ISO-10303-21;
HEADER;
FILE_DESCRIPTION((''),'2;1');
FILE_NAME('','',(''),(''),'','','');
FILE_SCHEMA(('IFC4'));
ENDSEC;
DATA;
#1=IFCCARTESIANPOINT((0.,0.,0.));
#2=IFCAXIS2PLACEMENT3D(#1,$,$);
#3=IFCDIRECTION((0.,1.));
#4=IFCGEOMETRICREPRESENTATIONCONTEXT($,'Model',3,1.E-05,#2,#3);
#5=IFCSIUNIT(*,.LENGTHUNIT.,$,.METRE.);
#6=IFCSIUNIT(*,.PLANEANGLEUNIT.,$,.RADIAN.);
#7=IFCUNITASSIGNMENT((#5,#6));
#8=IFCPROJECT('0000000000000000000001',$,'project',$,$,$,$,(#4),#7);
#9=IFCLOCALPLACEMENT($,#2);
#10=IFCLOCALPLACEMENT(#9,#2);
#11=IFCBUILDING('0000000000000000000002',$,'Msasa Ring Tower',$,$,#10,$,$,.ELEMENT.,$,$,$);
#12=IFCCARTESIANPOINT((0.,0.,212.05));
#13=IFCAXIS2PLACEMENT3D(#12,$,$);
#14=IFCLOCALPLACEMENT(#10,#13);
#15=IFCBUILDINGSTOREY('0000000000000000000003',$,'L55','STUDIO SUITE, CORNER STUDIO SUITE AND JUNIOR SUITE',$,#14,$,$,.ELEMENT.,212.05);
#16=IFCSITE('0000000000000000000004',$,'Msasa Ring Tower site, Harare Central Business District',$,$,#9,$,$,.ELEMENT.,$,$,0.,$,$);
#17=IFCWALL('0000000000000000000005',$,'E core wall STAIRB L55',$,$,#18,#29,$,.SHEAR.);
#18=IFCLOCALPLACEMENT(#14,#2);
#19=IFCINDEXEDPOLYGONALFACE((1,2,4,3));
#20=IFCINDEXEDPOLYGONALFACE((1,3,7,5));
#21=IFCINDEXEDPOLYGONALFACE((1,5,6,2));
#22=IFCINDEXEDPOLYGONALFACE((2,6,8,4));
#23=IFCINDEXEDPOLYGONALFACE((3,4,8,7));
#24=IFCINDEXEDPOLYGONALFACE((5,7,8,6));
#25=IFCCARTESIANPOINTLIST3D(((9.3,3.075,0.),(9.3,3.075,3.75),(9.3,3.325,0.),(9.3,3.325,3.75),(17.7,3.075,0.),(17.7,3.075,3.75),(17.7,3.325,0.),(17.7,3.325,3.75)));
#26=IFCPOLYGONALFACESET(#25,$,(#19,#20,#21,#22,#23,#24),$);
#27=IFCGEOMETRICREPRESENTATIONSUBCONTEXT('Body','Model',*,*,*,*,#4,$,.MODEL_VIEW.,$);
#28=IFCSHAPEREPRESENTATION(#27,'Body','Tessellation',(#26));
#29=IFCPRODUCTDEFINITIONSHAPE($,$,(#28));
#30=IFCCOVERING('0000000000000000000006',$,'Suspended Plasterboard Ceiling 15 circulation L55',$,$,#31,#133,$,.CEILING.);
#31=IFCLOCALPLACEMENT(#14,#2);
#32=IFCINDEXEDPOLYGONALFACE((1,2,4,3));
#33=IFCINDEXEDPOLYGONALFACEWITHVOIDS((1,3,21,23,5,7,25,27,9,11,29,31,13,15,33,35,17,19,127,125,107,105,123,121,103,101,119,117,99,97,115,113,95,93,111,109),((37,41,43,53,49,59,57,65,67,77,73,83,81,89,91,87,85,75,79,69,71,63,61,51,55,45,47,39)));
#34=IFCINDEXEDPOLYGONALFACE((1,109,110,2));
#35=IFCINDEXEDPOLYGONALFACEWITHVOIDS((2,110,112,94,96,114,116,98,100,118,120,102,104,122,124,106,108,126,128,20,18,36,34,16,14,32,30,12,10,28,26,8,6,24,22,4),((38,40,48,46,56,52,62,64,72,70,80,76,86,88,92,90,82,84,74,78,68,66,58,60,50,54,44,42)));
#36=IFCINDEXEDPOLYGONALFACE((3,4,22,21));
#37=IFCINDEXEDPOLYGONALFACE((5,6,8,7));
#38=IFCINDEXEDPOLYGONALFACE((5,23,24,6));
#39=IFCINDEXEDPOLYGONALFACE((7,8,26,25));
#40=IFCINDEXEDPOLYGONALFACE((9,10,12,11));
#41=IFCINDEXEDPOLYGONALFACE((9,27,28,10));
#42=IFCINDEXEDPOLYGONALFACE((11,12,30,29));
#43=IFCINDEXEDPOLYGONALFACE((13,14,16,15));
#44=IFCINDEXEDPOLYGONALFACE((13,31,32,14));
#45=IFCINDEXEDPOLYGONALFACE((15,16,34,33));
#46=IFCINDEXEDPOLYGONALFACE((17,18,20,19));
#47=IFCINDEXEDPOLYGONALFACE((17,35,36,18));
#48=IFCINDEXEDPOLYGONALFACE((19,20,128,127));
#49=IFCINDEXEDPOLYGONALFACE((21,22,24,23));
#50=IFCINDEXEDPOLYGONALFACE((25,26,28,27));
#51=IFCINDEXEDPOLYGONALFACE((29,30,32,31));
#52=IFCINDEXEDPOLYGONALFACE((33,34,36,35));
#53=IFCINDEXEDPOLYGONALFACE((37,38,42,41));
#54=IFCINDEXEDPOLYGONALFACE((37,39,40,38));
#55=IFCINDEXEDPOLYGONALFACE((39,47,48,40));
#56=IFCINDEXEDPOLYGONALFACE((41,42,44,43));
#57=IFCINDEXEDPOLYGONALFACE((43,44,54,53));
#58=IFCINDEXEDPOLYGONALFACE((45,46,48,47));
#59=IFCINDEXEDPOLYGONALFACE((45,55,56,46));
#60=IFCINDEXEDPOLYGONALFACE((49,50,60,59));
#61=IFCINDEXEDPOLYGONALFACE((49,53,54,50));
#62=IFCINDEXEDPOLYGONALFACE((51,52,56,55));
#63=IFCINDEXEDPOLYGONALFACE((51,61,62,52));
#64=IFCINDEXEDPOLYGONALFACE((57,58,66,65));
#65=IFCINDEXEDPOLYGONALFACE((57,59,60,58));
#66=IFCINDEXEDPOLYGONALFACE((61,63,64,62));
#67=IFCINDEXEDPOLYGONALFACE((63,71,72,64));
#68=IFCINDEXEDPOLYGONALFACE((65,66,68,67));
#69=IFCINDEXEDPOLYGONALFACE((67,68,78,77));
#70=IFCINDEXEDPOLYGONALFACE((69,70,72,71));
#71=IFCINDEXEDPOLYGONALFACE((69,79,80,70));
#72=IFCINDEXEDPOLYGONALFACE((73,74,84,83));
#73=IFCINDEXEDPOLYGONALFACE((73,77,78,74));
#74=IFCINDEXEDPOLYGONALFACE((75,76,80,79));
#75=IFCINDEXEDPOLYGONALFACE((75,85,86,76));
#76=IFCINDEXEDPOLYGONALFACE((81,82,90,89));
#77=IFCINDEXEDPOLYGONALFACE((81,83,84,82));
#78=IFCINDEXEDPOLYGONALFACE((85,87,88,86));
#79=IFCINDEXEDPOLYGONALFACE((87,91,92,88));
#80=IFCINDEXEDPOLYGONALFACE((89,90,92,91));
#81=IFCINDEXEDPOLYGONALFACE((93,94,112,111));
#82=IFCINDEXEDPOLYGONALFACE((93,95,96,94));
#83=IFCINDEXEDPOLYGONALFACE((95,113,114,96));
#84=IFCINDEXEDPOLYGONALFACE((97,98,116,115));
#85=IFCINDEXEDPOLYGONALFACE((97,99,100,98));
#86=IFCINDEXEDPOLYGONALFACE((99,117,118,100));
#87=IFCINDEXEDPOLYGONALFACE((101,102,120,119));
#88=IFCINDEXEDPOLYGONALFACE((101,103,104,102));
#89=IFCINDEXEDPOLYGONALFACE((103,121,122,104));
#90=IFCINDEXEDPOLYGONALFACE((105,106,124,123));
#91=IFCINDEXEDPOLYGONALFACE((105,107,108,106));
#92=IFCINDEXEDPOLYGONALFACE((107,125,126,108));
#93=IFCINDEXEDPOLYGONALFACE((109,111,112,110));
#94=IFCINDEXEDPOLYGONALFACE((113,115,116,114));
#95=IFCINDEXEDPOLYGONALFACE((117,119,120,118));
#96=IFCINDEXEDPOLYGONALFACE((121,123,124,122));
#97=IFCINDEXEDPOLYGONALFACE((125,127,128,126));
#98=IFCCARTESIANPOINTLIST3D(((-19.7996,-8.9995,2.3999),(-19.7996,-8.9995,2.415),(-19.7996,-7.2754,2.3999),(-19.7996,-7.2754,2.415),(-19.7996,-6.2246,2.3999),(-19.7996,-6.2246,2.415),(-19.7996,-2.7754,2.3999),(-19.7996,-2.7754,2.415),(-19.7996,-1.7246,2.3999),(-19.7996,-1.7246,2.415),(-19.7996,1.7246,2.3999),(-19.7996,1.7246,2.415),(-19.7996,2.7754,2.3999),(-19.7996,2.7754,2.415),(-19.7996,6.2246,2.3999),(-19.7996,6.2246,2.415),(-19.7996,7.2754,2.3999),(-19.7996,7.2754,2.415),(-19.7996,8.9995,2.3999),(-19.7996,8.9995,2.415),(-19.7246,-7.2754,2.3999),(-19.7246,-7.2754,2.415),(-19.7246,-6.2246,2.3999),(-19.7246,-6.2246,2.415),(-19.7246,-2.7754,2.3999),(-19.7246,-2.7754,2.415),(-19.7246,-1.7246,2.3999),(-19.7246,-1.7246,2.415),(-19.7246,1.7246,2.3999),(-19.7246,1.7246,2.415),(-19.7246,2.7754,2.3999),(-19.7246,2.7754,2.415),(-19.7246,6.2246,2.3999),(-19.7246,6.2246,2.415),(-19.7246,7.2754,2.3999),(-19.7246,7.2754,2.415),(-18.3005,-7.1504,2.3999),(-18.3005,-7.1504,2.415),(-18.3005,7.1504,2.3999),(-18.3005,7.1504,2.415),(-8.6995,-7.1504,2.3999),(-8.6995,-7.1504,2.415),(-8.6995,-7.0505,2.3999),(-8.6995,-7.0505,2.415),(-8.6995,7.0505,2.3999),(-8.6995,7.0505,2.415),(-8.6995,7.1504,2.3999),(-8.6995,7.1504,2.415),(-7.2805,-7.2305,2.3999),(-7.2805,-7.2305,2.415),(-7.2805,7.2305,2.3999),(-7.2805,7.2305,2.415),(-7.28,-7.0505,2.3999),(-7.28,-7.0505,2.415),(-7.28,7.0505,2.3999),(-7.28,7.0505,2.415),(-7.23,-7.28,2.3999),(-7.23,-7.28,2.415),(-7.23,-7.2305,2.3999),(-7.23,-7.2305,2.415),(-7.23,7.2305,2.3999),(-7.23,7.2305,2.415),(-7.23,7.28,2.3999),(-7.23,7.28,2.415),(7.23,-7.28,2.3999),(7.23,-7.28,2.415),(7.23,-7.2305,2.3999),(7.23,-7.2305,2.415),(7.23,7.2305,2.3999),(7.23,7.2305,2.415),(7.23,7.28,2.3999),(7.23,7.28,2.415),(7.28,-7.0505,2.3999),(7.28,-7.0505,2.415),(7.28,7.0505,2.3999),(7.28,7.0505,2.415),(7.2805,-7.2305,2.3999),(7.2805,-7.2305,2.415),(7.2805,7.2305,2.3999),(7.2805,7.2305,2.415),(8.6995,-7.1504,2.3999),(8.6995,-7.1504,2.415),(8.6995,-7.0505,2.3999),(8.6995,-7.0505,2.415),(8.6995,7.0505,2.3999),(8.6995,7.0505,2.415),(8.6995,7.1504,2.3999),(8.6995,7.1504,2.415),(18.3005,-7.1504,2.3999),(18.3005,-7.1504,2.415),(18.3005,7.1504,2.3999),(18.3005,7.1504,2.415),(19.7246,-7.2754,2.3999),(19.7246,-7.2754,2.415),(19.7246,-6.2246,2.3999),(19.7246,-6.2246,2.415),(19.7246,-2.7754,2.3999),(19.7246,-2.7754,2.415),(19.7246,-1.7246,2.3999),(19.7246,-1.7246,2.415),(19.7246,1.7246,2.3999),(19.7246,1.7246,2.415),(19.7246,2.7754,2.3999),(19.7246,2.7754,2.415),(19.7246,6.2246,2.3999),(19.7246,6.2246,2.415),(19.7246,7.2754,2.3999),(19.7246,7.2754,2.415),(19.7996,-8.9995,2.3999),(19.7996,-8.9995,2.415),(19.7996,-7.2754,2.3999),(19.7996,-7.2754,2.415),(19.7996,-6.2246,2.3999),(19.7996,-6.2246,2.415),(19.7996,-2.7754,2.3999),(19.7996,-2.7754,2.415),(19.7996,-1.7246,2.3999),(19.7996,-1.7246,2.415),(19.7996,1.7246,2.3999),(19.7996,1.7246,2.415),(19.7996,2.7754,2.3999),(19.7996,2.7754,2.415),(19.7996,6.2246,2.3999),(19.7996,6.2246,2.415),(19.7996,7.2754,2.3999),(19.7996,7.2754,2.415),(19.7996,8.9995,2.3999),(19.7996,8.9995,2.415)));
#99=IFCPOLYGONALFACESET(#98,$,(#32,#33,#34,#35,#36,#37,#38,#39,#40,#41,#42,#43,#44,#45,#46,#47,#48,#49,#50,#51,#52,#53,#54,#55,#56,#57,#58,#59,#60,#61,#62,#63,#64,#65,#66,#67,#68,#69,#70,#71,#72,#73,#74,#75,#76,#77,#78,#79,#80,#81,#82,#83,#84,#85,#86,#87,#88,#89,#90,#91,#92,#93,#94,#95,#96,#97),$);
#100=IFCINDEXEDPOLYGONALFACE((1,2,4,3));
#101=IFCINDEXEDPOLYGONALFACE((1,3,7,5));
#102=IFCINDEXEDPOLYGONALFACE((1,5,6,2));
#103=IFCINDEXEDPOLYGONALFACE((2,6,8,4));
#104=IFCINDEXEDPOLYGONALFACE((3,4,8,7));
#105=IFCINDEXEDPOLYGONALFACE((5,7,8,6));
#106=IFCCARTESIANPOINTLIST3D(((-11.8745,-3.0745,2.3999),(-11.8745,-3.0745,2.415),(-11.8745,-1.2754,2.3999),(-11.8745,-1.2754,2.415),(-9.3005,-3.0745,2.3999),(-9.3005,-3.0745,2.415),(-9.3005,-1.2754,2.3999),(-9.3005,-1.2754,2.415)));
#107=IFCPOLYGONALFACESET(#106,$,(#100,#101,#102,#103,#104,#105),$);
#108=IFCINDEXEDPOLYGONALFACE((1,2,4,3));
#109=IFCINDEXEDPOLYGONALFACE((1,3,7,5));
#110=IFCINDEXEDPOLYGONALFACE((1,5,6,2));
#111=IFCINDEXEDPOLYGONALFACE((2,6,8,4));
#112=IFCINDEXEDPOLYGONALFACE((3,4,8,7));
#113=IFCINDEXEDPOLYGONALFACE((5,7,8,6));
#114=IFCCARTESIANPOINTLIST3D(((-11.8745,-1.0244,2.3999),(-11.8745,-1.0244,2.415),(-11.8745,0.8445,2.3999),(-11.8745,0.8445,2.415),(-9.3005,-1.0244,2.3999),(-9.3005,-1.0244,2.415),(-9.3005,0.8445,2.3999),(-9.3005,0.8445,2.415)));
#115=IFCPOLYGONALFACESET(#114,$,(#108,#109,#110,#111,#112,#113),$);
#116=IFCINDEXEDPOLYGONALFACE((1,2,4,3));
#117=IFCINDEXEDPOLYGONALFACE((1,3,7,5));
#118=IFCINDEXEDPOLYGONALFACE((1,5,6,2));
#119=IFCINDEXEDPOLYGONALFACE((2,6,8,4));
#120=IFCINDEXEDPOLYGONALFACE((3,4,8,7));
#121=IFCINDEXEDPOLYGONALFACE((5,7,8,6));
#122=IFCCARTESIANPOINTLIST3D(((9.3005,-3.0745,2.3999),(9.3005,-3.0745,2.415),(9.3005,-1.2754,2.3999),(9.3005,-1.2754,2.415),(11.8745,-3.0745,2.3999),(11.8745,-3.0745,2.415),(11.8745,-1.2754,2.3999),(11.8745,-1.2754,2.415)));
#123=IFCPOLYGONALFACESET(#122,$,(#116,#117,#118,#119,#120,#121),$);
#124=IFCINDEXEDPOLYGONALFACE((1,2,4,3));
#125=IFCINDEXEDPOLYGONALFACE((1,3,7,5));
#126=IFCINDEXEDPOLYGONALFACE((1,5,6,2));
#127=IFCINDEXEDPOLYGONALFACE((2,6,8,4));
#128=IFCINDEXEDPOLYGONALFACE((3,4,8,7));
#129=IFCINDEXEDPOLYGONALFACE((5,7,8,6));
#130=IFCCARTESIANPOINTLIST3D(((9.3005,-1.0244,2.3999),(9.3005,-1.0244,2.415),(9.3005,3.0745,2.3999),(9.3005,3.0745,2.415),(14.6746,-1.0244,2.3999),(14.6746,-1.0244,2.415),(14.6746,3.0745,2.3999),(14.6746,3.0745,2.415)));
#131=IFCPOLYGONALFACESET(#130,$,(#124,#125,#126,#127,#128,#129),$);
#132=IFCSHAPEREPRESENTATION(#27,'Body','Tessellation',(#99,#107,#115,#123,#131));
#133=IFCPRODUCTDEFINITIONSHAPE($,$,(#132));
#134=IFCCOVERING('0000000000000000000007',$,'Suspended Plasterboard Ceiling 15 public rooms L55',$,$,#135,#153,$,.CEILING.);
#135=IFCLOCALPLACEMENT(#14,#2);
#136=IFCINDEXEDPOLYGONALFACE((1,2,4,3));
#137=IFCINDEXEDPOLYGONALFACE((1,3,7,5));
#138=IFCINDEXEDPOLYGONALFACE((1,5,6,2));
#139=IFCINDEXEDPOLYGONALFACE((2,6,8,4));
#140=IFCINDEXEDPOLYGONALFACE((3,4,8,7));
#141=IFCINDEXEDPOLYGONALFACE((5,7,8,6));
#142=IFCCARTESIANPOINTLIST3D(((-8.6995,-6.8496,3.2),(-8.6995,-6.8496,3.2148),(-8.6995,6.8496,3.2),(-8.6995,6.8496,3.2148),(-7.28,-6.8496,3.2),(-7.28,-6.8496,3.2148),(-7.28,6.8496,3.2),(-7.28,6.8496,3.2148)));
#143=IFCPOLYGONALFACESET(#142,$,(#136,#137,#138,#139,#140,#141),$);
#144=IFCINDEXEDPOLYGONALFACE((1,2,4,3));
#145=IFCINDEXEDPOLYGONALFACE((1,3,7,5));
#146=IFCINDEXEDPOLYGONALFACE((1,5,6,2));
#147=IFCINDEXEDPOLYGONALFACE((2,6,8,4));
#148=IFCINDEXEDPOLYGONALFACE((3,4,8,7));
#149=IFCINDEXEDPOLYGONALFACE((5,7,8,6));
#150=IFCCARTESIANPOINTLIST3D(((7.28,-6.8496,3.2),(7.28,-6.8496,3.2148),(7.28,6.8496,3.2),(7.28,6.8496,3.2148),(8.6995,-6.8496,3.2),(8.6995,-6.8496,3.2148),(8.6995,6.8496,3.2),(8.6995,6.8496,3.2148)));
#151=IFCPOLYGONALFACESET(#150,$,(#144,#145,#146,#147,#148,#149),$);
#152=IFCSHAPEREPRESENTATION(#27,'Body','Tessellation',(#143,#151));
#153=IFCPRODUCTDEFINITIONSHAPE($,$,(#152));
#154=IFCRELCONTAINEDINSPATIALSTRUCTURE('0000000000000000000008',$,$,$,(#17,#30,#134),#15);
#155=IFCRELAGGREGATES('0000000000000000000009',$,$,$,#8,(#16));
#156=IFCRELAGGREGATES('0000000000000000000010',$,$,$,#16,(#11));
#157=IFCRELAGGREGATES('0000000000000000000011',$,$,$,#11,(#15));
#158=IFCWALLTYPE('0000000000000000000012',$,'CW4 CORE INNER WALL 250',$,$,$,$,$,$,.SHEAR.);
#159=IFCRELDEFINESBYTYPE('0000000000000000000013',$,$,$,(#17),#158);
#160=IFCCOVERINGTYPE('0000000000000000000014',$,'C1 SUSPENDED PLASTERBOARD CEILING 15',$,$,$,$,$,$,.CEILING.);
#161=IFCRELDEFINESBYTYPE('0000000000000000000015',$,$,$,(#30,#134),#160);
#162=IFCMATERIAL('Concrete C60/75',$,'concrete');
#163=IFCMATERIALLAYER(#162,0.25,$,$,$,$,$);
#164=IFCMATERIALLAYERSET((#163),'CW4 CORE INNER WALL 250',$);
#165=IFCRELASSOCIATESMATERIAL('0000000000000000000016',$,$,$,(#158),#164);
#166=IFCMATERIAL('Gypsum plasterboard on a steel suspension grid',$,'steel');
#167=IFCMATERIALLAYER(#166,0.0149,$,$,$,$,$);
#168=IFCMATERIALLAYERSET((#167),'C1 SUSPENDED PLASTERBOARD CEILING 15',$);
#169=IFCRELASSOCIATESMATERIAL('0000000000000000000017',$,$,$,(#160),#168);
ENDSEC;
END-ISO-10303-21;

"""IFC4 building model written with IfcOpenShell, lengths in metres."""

from ifc_helpers import new_model, si_unit, direction, frame, frame_2d, origin, place, context, subcontext, project, spatial, line, indexed_curve, rectangle, outline, extrude, material, layer, layer_set, type_object, element, save


model = new_model("IFC4")

# Units and contexts
model_context = context("Model", 3, precision=1e-05, world=origin(), true_north=direction((0.0, 1.0)))
body_context = subcontext(model_context, "Body", "Model", "MODEL_VIEW")
ifc_project = project(units=[si_unit("LENGTHUNIT", "METRE"), si_unit("PLANEANGLEUNIT", "RADIAN")], contexts=[model_context])

# Site, building, storey
site_placement = place(None, origin())
site = spatial("IfcSite", under=ifc_project, at=site_placement, Name="Msasa Ring Tower site, Harare Central Business District", CompositionType="ELEMENT", RefElevation=0.0)
building_placement = place(site_placement, origin())
building = spatial("IfcBuilding", under=site, at=building_placement, Name="Msasa Ring Tower", CompositionType="ELEMENT")
storey_placement = place(building_placement, frame((0.0, 0.0, 212.05)))
storey = spatial("IfcBuildingStorey", under=building, at=storey_placement, Name="L55", Description="STUDIO SUITE, CORNER STUDIO SUITE AND JUNIOR SUITE", CompositionType="ELEMENT", Elevation=212.05)

# Wall
ifc_material_1 = material(Name="Concrete C60/75", Category="concrete")
ifc_layer_1 = layer(ifc_material_1, 0.25)
ifc_layer_set_1 = layer_set([ifc_layer_1], Name="CW4 CORE INNER WALL 250")
wall_type = type_object("IfcWallType", Name="CW4 CORE INNER WALL 250", PredefinedType="SHEAR", material=ifc_layer_set_1)
wall_placement = place(storey_placement, frame((9.3, 3.2, 0.0), z_axis=(0.0, 0.0, 1.0), x_axis=(1.0, 0.0, 0.0)))
element("IfcWall", 1, at=wall_placement, inside=storey, type_object=wall_type, Name="E core wall STAIRB L55", PredefinedType="SHEAR", context=body_context, shape_type="SweptSolid", body=[
    extrude(rectangle(XDim=8.3999, YDim=0.25, at=frame_2d((4.2, 0.0))), origin(), (0.0, 0.0, 1.0), 3.75),
])

# Coverings
ifc_material_2 = material(Name="Gypsum plasterboard on a steel suspension grid", Category="steel")
ifc_layer_2 = layer(ifc_material_2, 0.0149)
ifc_layer_set_2 = layer_set([ifc_layer_2], Name="C1 SUSPENDED PLASTERBOARD CEILING 15")
covering_type_1 = type_object("IfcCoveringType", Name="C1 SUSPENDED PLASTERBOARD CEILING 15", PredefinedType="CEILING", material=ifc_layer_set_2)
covering_1_placement = place(storey_placement, frame((0.0, 0.0, 2.3999)))
element("IfcCovering", 2, at=covering_1_placement, inside=storey, type_object=covering_type_1, Name="Suspended Plasterboard Ceiling 15 circulation L55", PredefinedType="CEILING", context=body_context, shape_type="SweptSolid", body=[
    extrude(outline(indexed_curve([(19.7996, 7.2754), (19.7246, 7.2754), (19.7246, 6.2246), (19.7996, 6.2246), (19.7996, 2.7754), (19.7246, 2.7754), (19.7246, 1.7246), (19.7996, 1.7246), (19.7996, -1.7246), (19.7246, -1.7246), (19.7246, -2.7754), (19.7996, -2.7754), (19.7996, -6.2246), (19.7246, -6.2246), (19.7246, -7.2754), (19.7996, -7.2754), (19.7996, -8.9995), (-19.7996, -8.9995), (-19.7996, -7.2754), (-19.7246, -7.2754), (-19.7246, -6.2246), (-19.7996, -6.2246), (-19.7996, -2.7754), (-19.7246, -2.7754), (-19.7246, -1.7246), (-19.7996, -1.7246), (-19.7996, 1.7246), (-19.7246, 1.7246), (-19.7246, 2.7754), (-19.7996, 2.7754), (-19.7996, 6.2246), (-19.7246, 6.2246), (-19.7246, 7.2754), (-19.7996, 7.2754), (-19.7996, 8.9995), (19.7996, 8.9995)], segments=[line(1, 2, 3, 4, 5, 6, 7, 8, 9, 10, 11, 12, 13, 14, 15, 16, 17, 18, 19, 20, 21, 22, 23, 24, 25, 26, 27, 28, 29, 30, 31, 32, 33, 34, 35, 36, 1)], self_intersect=False), holes=[indexed_curve([(8.6995, -7.1504), (18.3005, -7.1504), (18.3005, 7.1504), (8.6995, 7.1504), (8.6995, 7.0505), (7.28, 7.0505), (7.2805, 7.2305), (7.23, 7.2305), (7.23, 7.28), (-7.23, 7.28), (-7.23, 7.2305), (-7.2805, 7.2305), (-7.28, 7.0505), (-8.6995, 7.0505), (-8.6995, 7.1504), (-18.3005, 7.1504), (-18.3005, -7.1504), (-8.6995, -7.1504), (-8.6995, -7.0505), (-7.28, -7.0505), (-7.2805, -7.2305), (-7.23, -7.2305), (-7.23, -7.28), (7.23, -7.28), (7.23, -7.2305), (7.2805, -7.2305), (7.28, -7.0505), (8.6995, -7.0505)], segments=[line(1, 2, 3, 4, 5, 6, 7, 8, 9, 10, 11, 12, 13, 14, 15, 16, 17, 18, 19, 20, 21, 22, 23, 24, 25, 26, 27, 28, 1)], self_intersect=False)]), origin(), (0.0, 0.0, 1.0), 0.0151),
    extrude(outline(indexed_curve([(-9.3005, -3.0745), (-11.8745, -3.0745), (-11.8745, -1.2754), (-9.3005, -1.2754)], segments=[line(1, 2, 3, 4, 1)], self_intersect=False)), origin(), (0.0, 0.0, 1.0), 0.0151),
    extrude(outline(indexed_curve([(-9.3005, -1.0244), (-11.8745, -1.0244), (-11.8745, 0.8445), (-9.3005, 0.8445)], segments=[line(1, 2, 3, 4, 1)], self_intersect=False)), origin(), (0.0, 0.0, 1.0), 0.0151),
    extrude(outline(indexed_curve([(11.8745, -3.0745), (9.3005, -3.0745), (9.3005, -1.2754), (11.8745, -1.2754)], segments=[line(1, 2, 3, 4, 1)], self_intersect=False)), origin(), (0.0, 0.0, 1.0), 0.0151),
    extrude(outline(indexed_curve([(9.3005, -1.0244), (9.3005, 3.0745), (14.6746, 3.0745), (14.6746, -1.0244)], segments=[line(1, 2, 3, 4, 1)], self_intersect=False)), origin(), (0.0, 0.0, 1.0), 0.0151),
])
covering_2_placement = place(storey_placement, frame((0.0, 0.0, 3.2)))
element("IfcCovering", 3, at=covering_2_placement, inside=storey, type_object=covering_type_1, Name="Suspended Plasterboard Ceiling 15 public rooms L55", PredefinedType="CEILING", context=body_context, shape_type="SweptSolid", body=[
    extrude(outline(indexed_curve([(-7.28, 6.8496), (-7.28, -6.8496), (-8.6995, -6.8496), (-8.6995, 6.8496)], segments=[line(1, 2, 3, 4, 1)], self_intersect=False)), origin(), (0.0, 0.0, 1.0), 0.0149),
    extrude(outline(indexed_curve([(8.6995, 6.8496), (8.6995, -6.8496), (7.28, -6.8496), (7.28, 6.8496)], segments=[line(1, 2, 3, 4, 1)], self_intersect=False)), origin(), (0.0, 0.0, 1.0), 0.0149),
])

save(model, "model.ifc")
